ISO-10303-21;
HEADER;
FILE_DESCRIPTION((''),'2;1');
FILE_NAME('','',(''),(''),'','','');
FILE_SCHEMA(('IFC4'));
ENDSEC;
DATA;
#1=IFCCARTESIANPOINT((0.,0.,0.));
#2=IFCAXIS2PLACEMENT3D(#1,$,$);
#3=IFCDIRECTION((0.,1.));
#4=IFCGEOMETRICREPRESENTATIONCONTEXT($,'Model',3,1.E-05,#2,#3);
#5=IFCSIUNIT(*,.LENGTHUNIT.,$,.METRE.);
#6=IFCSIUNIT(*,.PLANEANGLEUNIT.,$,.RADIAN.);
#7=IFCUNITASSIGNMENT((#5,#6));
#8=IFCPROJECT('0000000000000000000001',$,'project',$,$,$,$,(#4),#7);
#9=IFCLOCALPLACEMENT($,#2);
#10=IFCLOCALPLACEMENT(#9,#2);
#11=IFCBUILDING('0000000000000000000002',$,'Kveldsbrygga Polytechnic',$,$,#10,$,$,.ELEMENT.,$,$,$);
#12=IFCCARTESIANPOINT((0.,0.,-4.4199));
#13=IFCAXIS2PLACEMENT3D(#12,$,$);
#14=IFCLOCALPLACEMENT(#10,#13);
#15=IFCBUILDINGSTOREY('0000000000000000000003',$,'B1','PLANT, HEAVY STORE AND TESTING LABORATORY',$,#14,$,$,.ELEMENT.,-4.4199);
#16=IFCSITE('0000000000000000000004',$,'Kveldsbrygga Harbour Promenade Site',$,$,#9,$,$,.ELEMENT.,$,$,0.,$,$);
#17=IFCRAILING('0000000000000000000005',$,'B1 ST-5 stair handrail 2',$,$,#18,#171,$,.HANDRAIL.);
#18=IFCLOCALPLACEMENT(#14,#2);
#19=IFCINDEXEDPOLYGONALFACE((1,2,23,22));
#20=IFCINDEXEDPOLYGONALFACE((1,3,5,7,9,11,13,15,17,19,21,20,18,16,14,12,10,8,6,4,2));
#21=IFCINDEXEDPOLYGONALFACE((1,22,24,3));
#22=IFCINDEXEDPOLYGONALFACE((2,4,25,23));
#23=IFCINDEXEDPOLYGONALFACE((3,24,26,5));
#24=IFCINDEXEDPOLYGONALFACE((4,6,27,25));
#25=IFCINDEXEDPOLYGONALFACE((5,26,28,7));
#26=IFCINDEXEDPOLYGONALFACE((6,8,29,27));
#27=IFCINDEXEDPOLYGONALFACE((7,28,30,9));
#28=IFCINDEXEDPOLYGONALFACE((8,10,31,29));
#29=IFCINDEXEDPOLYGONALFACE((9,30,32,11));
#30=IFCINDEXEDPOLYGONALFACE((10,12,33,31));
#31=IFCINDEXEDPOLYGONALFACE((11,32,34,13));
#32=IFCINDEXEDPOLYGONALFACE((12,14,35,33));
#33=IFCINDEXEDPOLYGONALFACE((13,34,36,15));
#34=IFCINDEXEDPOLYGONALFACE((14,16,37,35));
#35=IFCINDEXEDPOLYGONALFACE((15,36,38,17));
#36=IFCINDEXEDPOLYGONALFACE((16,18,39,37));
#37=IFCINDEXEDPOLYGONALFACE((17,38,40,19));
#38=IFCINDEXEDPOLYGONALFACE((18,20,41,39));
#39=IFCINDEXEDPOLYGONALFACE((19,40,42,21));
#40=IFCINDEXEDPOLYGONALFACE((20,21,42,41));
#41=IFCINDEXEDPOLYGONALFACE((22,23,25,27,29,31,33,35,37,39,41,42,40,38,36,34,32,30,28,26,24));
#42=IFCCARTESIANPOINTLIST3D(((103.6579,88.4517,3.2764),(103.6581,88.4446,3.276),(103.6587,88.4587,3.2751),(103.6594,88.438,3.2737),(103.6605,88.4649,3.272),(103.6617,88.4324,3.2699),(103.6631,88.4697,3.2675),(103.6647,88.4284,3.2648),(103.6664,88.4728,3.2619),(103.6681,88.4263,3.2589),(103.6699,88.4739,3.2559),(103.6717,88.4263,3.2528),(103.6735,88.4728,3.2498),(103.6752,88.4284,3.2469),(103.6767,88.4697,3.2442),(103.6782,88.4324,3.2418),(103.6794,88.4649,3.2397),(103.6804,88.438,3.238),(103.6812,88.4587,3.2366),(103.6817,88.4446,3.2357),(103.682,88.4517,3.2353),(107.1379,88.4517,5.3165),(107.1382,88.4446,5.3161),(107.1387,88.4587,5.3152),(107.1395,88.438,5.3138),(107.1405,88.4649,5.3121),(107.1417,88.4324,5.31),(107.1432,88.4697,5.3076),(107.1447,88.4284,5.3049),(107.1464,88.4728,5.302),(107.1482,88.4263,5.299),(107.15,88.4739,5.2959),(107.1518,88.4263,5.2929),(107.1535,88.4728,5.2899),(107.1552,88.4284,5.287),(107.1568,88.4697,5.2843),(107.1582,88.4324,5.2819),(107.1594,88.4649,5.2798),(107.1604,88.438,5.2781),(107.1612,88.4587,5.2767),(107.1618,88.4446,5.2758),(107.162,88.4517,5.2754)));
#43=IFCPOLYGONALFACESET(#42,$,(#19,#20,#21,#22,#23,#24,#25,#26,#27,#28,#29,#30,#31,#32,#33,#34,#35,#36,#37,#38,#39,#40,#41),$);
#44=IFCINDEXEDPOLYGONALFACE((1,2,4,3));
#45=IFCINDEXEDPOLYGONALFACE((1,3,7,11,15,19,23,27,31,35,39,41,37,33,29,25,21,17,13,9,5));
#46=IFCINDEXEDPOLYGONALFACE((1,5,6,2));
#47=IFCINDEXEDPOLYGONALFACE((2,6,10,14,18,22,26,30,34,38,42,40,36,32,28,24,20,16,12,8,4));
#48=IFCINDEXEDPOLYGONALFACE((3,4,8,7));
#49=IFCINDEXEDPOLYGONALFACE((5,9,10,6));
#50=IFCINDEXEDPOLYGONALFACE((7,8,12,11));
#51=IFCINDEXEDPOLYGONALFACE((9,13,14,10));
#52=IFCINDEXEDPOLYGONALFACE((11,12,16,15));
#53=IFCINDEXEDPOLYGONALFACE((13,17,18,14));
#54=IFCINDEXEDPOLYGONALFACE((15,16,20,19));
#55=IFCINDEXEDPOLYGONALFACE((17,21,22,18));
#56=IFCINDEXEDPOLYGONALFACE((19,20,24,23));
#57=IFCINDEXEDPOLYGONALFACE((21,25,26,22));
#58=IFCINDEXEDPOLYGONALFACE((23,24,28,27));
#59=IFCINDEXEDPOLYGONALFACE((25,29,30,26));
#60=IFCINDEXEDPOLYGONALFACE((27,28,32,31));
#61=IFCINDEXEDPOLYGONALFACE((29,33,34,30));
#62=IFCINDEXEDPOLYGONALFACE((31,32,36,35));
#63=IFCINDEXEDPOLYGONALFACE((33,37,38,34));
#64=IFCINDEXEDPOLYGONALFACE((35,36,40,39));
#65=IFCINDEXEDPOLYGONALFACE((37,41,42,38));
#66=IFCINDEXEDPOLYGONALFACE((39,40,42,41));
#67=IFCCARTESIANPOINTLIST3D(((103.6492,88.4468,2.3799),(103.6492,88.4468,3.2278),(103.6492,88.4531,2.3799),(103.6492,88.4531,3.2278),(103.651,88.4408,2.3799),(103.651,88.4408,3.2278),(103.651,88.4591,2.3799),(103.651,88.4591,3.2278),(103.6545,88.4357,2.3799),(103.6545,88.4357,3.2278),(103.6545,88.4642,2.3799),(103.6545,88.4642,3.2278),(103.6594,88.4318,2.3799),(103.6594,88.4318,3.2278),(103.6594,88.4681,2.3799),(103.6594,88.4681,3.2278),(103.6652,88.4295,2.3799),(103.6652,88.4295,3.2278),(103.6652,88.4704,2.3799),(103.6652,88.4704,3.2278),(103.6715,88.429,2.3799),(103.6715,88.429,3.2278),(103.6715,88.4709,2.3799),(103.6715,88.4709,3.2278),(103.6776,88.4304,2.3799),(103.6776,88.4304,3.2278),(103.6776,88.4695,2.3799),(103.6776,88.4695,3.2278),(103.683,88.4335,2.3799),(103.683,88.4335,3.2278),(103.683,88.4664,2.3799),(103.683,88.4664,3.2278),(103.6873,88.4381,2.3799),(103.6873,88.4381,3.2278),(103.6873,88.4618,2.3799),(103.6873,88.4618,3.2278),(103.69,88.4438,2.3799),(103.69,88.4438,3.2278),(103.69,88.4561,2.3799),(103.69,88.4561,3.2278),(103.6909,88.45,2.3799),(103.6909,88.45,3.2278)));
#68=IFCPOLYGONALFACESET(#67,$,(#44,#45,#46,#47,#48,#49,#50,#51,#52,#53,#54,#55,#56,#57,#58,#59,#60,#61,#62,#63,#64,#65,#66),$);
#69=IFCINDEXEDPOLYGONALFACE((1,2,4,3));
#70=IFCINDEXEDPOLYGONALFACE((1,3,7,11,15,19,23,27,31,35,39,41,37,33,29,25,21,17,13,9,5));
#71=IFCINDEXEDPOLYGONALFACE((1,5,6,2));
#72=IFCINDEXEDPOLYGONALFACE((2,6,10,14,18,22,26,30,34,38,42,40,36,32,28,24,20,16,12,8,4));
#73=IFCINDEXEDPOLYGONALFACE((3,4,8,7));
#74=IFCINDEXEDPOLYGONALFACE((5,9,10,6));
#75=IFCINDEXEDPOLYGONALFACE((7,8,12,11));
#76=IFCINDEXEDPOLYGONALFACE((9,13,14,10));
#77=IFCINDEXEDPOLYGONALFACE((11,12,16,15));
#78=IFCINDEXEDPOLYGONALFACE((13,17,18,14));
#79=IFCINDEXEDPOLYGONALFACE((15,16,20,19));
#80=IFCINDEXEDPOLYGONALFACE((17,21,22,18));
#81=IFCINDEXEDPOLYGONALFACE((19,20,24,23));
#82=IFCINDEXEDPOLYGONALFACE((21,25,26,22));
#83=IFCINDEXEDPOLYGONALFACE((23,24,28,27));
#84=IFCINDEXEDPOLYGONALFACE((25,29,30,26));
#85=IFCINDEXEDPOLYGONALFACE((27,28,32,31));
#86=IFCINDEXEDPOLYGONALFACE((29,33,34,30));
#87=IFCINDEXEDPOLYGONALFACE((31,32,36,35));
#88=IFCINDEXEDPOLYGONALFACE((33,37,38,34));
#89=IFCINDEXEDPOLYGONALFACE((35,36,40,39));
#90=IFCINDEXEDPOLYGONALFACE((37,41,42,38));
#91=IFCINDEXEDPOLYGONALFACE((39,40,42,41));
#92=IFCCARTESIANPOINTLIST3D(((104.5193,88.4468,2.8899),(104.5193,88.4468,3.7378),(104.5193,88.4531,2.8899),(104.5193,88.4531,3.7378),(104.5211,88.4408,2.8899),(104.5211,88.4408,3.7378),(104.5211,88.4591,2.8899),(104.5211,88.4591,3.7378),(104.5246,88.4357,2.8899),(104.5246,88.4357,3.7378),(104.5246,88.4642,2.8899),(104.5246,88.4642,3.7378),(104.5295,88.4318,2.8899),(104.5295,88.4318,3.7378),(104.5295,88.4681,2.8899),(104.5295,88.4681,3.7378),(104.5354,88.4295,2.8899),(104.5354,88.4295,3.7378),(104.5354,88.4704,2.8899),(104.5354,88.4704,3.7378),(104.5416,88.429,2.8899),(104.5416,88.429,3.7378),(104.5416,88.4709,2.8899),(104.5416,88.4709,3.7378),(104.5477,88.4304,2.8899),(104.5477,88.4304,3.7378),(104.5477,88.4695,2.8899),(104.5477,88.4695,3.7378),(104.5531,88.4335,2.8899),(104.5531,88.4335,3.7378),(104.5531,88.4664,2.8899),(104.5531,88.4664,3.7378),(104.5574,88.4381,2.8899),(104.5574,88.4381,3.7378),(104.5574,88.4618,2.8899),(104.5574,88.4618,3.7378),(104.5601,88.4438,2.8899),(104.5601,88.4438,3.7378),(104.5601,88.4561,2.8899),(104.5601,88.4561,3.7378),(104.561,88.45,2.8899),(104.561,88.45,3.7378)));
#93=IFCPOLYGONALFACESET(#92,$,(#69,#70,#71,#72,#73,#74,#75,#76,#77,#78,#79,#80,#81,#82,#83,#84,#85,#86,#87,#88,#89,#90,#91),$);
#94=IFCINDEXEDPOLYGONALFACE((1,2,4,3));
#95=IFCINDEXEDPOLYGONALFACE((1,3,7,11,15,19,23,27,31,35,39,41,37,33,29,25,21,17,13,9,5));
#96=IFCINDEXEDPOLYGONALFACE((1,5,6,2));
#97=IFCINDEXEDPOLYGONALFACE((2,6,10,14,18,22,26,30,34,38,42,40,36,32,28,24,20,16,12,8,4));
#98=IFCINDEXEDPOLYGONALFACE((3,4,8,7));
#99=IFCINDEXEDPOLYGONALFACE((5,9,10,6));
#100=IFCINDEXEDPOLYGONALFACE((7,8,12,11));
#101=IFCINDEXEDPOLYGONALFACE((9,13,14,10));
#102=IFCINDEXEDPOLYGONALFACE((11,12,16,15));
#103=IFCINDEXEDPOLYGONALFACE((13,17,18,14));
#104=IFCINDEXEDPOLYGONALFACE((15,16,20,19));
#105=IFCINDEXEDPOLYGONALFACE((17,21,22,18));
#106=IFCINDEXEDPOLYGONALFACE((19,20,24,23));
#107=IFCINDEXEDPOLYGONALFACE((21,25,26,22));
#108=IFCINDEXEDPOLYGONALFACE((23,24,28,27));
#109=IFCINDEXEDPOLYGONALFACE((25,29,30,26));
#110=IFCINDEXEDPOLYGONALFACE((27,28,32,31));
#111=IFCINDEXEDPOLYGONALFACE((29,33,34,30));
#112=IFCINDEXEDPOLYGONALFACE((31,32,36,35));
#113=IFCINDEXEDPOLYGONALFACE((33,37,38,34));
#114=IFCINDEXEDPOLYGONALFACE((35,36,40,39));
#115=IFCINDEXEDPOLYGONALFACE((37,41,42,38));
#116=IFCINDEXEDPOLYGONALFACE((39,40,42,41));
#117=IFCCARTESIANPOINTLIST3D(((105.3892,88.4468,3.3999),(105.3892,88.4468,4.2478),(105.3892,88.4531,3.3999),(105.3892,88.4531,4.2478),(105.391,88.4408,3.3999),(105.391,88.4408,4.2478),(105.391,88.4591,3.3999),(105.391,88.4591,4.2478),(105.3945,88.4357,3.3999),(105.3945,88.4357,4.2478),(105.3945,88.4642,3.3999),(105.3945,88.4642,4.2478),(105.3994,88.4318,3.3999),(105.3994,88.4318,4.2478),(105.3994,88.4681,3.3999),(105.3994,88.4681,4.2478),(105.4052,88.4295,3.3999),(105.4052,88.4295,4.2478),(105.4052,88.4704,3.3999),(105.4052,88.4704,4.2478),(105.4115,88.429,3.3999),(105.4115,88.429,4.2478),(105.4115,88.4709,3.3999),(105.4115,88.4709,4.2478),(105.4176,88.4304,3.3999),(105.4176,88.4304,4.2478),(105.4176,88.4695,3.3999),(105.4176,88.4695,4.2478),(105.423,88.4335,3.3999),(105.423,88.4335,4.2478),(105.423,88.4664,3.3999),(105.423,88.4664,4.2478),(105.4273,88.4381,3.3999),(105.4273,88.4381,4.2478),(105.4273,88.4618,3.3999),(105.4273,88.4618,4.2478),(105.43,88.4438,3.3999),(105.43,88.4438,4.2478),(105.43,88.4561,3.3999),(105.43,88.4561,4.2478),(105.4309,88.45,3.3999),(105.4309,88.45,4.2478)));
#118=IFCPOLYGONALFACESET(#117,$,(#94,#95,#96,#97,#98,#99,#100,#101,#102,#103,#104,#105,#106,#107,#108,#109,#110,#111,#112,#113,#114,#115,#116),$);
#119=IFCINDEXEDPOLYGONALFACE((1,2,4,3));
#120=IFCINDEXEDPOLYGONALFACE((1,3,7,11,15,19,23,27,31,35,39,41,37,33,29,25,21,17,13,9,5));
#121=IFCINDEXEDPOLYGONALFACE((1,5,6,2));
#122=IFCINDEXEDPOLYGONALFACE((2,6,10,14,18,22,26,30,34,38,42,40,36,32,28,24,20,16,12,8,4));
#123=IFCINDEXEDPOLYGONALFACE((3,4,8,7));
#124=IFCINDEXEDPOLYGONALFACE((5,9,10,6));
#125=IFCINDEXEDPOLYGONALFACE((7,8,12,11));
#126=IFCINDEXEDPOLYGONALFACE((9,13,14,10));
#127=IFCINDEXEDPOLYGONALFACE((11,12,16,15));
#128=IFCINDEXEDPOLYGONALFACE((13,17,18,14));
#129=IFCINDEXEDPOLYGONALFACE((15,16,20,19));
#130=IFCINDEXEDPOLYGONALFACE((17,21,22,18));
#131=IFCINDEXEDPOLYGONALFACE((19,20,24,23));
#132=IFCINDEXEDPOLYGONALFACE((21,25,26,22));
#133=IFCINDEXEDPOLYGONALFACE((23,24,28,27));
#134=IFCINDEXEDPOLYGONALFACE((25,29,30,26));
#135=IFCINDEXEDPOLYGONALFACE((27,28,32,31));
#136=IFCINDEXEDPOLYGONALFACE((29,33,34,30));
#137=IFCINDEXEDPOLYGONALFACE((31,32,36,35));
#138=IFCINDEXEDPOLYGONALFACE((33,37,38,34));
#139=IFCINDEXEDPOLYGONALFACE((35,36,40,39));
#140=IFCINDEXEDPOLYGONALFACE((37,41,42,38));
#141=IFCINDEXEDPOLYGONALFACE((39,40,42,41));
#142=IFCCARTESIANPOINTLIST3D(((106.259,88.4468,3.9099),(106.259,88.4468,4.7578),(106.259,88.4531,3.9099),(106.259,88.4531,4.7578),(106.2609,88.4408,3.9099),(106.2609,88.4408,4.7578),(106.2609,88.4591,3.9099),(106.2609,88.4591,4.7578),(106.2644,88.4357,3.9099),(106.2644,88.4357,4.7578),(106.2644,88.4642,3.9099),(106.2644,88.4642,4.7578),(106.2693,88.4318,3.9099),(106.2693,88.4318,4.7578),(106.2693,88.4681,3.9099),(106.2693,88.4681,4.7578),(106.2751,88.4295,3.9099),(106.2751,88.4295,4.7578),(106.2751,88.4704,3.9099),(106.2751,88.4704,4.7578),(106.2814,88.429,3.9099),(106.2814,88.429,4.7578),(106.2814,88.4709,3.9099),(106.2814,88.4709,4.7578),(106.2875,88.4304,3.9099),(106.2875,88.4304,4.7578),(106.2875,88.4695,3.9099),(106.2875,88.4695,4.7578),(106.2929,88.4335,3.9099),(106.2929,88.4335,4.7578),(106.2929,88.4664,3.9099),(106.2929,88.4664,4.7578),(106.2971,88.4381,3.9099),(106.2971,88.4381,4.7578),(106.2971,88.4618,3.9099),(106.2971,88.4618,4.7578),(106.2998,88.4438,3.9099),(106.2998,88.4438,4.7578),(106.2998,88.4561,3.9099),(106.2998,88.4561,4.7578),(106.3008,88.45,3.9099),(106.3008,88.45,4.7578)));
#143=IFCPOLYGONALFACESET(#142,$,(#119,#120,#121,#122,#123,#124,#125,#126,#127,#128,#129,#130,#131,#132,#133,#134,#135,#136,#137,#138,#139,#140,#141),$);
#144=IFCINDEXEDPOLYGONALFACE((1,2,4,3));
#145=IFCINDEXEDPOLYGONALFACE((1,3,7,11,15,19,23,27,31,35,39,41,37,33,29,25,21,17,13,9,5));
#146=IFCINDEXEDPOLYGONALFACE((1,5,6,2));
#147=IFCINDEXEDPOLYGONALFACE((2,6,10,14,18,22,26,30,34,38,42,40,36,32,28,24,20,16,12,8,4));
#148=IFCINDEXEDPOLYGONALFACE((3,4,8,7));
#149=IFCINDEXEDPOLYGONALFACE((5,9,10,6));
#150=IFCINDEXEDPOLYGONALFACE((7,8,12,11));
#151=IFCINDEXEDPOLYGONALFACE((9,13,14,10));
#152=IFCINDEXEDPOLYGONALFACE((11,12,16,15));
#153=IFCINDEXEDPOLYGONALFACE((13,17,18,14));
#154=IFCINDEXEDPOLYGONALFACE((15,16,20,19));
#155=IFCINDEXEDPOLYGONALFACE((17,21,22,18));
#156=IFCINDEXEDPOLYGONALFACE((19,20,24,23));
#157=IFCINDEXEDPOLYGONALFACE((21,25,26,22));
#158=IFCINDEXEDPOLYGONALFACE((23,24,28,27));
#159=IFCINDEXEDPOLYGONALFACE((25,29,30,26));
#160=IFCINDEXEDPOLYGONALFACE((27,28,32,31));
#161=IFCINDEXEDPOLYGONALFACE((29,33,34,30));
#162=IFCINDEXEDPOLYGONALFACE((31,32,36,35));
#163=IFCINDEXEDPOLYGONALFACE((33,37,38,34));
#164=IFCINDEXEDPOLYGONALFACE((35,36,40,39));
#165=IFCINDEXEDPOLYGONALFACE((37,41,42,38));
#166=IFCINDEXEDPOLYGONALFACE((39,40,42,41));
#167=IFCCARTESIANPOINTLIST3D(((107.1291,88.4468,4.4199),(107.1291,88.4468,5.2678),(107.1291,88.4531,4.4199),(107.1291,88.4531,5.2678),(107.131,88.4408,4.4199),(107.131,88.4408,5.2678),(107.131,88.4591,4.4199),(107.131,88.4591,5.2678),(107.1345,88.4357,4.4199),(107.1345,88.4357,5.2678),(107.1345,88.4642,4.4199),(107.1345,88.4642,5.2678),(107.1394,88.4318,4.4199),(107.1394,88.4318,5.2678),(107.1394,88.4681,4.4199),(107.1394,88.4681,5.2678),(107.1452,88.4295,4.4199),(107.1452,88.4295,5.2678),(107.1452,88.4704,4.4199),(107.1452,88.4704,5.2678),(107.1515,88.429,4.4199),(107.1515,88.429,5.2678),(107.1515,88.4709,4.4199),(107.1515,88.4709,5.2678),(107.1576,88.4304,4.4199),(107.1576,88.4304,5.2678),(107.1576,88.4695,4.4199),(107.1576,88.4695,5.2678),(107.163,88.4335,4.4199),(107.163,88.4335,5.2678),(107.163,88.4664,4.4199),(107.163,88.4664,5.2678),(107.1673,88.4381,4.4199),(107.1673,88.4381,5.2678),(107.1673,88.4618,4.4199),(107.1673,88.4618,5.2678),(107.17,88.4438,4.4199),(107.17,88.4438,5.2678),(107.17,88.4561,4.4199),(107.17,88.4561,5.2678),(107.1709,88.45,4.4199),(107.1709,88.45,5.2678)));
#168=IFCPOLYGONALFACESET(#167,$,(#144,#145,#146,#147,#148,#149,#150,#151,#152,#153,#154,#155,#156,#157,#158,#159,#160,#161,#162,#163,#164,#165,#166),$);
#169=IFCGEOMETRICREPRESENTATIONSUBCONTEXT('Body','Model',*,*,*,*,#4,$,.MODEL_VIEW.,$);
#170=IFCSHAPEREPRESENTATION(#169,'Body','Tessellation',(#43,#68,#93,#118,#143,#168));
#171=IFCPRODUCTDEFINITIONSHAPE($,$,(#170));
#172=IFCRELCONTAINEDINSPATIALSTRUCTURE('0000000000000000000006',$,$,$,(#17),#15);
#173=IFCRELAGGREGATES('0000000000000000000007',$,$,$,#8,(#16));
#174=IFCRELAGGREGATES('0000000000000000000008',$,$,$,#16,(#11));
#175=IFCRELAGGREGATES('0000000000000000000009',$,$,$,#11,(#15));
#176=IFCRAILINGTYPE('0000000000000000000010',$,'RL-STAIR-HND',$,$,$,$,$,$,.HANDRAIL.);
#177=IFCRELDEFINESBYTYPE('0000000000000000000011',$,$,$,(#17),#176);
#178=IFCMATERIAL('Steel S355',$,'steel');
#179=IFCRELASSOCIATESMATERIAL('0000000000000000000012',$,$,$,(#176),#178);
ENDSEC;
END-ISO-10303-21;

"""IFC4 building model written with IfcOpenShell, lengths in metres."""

from ifc_helpers import new_model, si_unit, direction, frame, origin, origin_2d, place, context, subcontext, project, spatial, circle, extrude, material, type_object, element, save


model = new_model("IFC4")

# Units and contexts
model_context = context("Model", 3, precision=1e-05, world=origin(), true_north=direction((0.0, 1.0)))
body_context = subcontext(model_context, "Body", "Model", "MODEL_VIEW")
ifc_project = project(units=[si_unit("LENGTHUNIT", "METRE"), si_unit("PLANEANGLEUNIT", "RADIAN")], contexts=[model_context])

# Site, building, storey
site_placement = place(None, origin())
site = spatial("IfcSite", under=ifc_project, at=site_placement, Name="Kveldsbrygga Harbour Promenade Site", CompositionType="ELEMENT", RefElevation=0.0)
building_placement = place(site_placement, origin())
building = spatial("IfcBuilding", under=site, at=building_placement, Name="Kveldsbrygga Polytechnic", CompositionType="ELEMENT")
storey_placement = place(building_placement, frame((0.0, 0.0, -4.4199)))
storey = spatial("IfcBuildingStorey", under=building, at=storey_placement, Name="B1", Description="PLANT, HEAVY STORE AND TESTING LABORATORY", CompositionType="ELEMENT", Elevation=-4.4199)

# Shared definitions
ifc_material_1 = material(Name="Steel S355", Category="steel")

# Railing
railing_type_1 = type_object("IfcRailingType", Name="RL-STAIR-HND", PredefinedType="HANDRAIL", material=ifc_material_1)
railing_1_placement = place(storey_placement, frame((103.6699, 88.45, 2.3799)))
element("IfcRailing", 1, at=railing_1_placement, inside=storey, type_object=railing_type_1, Name="B1 ST-5 stair handrail 2", PredefinedType="HANDRAIL", context=body_context, shape_type="SweptSolid", body=[
    extrude(circle(Radius=0.0239, at=origin_2d()), frame((0.0, 0.0, 0.876), z_axis=(0.862693, 0.0, 0.505729), x_axis=(0.0, 1.0, 0.0)), (0.0, 0.0, 1.0), 4.0339),
    extrude(circle(Radius=0.021, at=origin_2d()), origin(), (0.0, 0.0, 1.0), 0.8479),
    extrude(circle(Radius=0.021, at=origin_2d()), frame((0.8701, 0.0, 0.51)), (0.0, 0.0, 1.0), 0.8479),
    extrude(circle(Radius=0.021, at=origin_2d()), frame((1.74, 0.0, 1.02)), (0.0, 0.0, 1.0), 0.8479),
    extrude(circle(Radius=0.021, at=origin_2d()), frame((2.6099, 0.0, 1.53)), (0.0, 0.0, 1.0), 0.8479),
    extrude(circle(Radius=0.021, at=origin_2d()), frame((3.48, 0.0, 2.04)), (0.0, 0.0, 1.0), 0.8479),
])

save(model, "model.ifc")
